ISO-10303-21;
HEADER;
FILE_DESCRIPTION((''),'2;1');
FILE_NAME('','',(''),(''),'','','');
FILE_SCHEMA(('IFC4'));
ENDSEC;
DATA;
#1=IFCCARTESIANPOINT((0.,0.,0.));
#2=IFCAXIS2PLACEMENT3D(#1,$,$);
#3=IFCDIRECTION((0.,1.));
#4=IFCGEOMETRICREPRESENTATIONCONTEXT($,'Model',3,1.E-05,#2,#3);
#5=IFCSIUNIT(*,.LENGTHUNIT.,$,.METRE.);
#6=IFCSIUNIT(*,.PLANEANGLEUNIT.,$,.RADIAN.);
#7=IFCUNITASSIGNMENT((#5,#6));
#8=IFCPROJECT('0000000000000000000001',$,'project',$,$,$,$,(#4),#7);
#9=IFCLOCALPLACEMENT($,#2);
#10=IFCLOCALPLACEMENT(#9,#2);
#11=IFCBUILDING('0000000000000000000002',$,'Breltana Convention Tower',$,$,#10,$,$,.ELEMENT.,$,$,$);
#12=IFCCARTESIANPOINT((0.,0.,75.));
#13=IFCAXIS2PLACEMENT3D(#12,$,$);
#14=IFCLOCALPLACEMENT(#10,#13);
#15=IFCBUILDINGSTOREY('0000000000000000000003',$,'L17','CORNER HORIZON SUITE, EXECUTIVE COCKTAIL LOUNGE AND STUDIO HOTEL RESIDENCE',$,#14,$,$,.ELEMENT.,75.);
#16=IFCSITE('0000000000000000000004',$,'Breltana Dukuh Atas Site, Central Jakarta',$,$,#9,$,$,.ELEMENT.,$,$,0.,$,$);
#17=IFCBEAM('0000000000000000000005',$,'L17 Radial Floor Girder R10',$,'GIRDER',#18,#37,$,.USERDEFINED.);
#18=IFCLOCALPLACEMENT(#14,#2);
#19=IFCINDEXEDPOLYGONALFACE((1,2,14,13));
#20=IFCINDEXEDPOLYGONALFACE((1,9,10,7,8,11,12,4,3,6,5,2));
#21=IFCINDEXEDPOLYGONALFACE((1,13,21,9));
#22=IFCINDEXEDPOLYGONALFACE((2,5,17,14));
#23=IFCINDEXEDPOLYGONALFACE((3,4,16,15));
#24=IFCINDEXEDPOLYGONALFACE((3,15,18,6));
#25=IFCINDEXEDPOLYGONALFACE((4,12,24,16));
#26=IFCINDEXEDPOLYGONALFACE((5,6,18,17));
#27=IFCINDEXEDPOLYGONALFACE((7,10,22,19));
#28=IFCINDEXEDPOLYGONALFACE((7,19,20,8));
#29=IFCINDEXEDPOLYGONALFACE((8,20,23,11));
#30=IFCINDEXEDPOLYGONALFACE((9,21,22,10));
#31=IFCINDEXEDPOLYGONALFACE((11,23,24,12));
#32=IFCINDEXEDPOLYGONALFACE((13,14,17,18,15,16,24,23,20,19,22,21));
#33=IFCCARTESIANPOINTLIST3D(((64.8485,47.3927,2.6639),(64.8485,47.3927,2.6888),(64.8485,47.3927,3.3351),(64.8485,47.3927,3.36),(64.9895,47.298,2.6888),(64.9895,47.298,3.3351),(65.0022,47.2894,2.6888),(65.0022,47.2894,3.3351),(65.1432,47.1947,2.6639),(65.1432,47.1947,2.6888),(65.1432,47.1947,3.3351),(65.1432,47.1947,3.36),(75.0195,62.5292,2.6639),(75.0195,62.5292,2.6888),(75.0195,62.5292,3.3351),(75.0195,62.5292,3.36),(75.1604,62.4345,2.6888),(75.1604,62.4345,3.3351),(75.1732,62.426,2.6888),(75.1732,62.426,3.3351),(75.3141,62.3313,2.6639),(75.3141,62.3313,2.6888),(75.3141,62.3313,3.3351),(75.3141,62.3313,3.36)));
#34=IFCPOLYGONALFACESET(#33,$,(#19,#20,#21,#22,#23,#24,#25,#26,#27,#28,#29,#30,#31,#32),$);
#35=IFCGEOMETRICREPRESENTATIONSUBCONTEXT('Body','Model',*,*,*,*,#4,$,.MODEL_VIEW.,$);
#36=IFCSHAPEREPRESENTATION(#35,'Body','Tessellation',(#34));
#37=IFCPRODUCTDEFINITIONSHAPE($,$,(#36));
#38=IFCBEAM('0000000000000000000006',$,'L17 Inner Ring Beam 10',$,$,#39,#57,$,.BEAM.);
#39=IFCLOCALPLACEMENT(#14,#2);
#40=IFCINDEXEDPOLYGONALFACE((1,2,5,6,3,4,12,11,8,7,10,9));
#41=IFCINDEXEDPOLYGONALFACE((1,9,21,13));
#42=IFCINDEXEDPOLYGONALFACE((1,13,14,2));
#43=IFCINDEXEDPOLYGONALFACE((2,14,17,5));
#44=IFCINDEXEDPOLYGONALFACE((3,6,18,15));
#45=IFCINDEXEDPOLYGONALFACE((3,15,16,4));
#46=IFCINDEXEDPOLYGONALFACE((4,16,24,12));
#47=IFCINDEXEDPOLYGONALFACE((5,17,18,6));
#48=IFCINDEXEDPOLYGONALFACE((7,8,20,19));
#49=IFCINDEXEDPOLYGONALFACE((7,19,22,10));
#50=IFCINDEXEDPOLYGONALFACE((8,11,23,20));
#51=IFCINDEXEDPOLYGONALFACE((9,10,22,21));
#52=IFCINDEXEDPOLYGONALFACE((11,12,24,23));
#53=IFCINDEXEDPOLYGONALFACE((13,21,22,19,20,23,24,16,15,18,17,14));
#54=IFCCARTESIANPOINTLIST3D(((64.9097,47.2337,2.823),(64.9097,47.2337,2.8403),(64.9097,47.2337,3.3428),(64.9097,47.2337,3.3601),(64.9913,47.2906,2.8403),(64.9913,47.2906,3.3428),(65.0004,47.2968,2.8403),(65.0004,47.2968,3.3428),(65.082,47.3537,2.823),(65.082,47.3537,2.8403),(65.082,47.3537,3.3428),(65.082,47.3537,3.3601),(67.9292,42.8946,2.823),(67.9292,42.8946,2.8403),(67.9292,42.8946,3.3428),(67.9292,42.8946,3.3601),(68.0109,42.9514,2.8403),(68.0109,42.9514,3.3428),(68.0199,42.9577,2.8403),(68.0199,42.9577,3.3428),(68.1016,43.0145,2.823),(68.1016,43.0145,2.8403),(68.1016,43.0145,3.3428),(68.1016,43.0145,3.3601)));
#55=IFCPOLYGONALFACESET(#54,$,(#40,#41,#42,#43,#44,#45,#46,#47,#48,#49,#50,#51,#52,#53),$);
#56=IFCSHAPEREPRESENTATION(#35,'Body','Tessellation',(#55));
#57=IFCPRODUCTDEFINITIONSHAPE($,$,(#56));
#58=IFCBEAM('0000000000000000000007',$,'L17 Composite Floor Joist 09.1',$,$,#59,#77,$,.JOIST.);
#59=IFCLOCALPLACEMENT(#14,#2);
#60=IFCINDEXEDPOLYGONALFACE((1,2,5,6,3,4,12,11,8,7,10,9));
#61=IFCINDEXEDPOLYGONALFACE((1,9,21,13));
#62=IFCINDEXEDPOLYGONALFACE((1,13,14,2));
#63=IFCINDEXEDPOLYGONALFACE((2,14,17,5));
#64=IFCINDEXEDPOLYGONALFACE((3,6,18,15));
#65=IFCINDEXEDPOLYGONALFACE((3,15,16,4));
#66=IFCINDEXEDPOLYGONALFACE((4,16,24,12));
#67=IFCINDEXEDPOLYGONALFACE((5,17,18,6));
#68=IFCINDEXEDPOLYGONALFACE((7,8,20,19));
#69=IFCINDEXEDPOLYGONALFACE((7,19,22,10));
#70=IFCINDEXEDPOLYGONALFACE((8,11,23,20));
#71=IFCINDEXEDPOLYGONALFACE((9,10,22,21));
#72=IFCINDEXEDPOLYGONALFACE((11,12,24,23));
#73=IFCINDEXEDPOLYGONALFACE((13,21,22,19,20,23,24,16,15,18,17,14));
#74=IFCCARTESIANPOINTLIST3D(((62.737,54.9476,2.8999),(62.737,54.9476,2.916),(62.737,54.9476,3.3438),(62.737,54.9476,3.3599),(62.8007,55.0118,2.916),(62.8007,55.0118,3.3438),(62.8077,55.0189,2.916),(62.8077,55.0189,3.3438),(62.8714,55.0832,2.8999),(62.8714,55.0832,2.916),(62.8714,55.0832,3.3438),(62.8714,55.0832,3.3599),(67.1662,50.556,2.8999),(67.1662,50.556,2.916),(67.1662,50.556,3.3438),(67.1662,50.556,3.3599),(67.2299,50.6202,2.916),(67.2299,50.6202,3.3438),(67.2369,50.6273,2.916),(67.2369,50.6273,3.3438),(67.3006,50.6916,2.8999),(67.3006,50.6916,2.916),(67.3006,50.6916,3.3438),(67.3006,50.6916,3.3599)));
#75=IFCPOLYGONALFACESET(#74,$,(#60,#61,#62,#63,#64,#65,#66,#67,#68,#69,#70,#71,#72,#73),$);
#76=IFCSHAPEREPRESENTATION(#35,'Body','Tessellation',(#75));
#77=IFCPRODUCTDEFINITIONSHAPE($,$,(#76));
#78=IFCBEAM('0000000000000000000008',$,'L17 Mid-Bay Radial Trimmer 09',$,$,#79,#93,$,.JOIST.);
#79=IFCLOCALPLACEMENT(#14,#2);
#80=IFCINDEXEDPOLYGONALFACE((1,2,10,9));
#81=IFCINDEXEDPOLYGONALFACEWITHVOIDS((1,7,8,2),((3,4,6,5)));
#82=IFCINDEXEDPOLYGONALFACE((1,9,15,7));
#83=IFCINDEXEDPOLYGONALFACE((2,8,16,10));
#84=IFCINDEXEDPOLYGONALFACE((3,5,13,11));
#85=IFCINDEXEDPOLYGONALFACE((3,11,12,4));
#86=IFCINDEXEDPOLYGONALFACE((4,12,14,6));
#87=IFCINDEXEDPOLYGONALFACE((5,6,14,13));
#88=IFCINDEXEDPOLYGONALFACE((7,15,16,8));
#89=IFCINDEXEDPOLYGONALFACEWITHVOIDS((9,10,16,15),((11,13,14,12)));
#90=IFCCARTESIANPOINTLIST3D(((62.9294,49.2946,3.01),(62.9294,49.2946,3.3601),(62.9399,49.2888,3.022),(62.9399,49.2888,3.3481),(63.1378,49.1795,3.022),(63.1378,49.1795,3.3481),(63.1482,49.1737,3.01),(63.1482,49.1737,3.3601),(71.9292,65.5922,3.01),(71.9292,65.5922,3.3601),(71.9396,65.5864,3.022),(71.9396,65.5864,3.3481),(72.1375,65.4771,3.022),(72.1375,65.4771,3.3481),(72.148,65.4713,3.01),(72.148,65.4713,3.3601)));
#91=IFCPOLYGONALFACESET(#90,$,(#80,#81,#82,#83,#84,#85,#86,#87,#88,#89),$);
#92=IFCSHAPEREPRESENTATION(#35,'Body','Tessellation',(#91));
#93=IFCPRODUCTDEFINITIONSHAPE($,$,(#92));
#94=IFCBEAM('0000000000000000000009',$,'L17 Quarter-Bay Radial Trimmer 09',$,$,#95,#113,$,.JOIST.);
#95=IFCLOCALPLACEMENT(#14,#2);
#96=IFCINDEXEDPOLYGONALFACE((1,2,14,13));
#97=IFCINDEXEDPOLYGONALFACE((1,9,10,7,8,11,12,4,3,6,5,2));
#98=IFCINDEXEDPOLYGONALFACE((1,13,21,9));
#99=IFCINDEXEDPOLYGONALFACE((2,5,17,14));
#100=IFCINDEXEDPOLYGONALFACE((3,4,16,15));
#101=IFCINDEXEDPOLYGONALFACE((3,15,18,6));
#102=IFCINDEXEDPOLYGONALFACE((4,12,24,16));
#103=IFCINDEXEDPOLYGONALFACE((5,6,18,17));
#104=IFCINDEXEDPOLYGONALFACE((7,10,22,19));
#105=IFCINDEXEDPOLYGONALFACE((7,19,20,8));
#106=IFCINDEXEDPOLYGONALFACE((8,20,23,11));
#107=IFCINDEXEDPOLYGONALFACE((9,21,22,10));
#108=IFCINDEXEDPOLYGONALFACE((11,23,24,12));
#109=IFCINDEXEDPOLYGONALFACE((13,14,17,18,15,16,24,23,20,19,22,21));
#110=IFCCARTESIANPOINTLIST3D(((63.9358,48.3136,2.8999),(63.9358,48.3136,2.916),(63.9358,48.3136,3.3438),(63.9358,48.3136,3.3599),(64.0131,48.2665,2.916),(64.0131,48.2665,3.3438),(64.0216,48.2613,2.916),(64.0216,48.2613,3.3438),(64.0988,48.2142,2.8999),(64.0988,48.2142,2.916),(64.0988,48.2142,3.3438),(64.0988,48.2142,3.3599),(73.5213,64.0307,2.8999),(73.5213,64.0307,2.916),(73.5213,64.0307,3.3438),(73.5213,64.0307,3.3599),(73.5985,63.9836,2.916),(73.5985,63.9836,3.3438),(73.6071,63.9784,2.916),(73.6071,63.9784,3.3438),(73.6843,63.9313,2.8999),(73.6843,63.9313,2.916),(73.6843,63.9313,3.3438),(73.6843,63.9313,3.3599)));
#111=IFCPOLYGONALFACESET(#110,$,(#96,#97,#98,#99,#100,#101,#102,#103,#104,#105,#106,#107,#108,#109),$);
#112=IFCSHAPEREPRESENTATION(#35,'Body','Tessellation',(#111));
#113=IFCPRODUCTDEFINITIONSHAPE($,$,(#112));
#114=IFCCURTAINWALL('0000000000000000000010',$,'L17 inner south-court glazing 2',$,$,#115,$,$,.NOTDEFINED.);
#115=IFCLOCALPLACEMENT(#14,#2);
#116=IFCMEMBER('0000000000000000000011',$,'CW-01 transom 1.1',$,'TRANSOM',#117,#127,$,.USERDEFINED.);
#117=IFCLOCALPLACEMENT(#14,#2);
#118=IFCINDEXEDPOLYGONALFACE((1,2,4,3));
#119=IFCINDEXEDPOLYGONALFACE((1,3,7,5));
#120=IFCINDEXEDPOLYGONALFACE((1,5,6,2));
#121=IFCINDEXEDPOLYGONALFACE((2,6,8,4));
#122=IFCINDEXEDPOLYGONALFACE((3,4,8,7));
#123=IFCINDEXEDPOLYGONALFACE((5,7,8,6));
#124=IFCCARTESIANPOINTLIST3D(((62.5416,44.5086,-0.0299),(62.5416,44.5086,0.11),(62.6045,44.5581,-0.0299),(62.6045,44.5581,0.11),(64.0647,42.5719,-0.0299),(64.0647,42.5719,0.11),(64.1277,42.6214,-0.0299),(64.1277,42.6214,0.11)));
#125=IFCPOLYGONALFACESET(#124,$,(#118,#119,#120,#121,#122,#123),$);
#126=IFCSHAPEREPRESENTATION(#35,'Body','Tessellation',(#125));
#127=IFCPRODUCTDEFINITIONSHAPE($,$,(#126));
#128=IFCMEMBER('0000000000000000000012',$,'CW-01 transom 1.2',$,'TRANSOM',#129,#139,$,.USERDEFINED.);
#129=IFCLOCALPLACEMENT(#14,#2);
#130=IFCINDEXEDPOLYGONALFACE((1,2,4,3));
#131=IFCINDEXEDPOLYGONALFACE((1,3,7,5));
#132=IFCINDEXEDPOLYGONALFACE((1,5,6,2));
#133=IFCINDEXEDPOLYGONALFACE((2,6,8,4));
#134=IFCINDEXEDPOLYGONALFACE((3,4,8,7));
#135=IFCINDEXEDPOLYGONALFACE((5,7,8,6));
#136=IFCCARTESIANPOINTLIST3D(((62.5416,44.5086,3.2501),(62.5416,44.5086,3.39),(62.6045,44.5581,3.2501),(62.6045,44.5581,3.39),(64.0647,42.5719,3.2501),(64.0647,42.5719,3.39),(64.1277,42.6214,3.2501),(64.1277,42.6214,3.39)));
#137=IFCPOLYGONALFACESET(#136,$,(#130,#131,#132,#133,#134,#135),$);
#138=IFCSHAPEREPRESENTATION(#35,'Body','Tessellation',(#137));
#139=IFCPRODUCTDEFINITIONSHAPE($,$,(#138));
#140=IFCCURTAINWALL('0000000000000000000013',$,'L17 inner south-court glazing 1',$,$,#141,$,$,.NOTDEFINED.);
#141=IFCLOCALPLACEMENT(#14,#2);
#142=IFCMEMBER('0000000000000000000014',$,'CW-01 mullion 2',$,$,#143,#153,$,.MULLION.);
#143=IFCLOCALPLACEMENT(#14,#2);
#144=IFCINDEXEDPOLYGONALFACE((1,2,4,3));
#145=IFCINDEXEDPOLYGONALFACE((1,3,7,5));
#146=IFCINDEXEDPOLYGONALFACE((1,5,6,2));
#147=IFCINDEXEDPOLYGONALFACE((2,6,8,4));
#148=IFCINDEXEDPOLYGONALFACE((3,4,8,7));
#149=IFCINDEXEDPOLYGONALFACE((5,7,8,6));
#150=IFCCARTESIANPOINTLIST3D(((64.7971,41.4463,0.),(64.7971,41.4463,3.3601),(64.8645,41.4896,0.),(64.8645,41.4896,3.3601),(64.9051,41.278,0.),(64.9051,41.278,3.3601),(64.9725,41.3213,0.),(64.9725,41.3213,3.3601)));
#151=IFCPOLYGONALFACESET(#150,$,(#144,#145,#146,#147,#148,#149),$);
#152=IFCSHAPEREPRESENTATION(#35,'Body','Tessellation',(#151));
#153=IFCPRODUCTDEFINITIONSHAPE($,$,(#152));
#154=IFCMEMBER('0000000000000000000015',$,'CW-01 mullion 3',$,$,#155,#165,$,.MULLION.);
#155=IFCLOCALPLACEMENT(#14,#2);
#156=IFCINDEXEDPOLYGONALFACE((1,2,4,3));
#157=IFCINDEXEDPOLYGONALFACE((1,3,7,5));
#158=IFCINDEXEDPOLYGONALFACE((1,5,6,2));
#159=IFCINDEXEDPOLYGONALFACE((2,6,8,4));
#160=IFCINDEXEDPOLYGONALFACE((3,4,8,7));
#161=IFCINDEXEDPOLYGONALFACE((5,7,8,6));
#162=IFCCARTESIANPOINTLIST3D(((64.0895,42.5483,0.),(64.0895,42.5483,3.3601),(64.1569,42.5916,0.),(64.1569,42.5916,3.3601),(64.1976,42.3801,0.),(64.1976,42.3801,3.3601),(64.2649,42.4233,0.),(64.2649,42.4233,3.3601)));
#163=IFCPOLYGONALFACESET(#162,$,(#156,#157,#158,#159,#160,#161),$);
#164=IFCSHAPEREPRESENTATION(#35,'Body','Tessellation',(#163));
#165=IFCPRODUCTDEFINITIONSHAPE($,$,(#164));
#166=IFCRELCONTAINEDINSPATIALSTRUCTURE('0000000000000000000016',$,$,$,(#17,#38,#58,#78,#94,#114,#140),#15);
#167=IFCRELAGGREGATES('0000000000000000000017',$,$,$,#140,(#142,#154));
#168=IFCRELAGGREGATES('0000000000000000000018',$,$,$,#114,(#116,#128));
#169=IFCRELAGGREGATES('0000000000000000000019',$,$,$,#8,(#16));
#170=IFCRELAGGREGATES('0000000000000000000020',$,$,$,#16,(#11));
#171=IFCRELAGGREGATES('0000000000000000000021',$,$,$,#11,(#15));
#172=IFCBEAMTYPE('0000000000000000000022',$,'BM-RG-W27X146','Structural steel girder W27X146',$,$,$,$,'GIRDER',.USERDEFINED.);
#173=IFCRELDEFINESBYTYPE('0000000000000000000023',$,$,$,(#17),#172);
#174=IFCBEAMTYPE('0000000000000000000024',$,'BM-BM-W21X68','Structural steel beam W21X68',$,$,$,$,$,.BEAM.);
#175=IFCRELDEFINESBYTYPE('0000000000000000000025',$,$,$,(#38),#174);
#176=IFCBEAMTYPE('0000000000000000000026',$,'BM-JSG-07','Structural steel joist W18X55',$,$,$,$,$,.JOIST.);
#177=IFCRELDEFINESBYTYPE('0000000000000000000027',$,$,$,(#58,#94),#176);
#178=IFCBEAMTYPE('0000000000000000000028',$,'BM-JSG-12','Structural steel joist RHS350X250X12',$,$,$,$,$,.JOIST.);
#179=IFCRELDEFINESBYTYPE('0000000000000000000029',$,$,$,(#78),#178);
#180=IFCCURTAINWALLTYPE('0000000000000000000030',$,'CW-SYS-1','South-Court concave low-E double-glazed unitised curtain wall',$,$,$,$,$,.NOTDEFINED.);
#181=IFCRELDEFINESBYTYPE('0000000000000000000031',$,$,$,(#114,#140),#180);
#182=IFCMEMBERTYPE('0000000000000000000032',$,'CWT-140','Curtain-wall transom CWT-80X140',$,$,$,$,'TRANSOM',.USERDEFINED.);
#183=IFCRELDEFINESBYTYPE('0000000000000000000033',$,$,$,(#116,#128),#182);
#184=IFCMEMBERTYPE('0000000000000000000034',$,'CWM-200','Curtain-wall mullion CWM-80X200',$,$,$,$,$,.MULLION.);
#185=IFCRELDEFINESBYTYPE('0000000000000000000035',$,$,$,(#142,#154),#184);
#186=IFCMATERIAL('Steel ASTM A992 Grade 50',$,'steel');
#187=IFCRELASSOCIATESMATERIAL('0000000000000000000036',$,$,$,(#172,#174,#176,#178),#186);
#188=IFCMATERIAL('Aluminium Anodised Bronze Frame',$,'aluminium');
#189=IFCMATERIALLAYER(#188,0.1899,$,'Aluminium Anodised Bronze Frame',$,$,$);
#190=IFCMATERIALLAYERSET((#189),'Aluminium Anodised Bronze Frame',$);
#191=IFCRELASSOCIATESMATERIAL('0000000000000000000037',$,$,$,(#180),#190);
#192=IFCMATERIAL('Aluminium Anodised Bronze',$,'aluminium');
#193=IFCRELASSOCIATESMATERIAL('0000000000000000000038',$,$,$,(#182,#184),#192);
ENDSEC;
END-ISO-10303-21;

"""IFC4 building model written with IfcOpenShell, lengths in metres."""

from ifc_helpers import new_model, si_unit, direction, frame, origin, origin_2d, place, context, subcontext, project, spatial, rectangle, hollow_rectangle, i_section, extrude, source, transform, mapped, material, layer, layer_set, material_profile, profile_set, type_object, element, aggregate, save


model = new_model("IFC4")

# Units and contexts
model_context = context("Model", 3, precision=1e-05, world=origin(), true_north=direction((0.0, 1.0)))
body_context = subcontext(model_context, "Body", "Model", "MODEL_VIEW")
ifc_project = project(units=[si_unit("LENGTHUNIT", "METRE"), si_unit("PLANEANGLEUNIT", "RADIAN")], contexts=[model_context])

# Site, building, storey
site_placement = place(None, origin())
site = spatial("IfcSite", under=ifc_project, at=site_placement, Name="Breltana Dukuh Atas Site, Central Jakarta", CompositionType="ELEMENT", RefElevation=0.0)
building_placement = place(site_placement, origin())
building = spatial("IfcBuilding", under=site, at=building_placement, Name="Breltana Convention Tower", CompositionType="ELEMENT")
storey_placement = place(building_placement, frame((0.0, 0.0, 75.0)))
storey = spatial("IfcBuildingStorey", under=building, at=storey_placement, Name="L17", Description="CORNER HORIZON SUITE, EXECUTIVE COCKTAIL LOUNGE AND STUDIO HOTEL RESIDENCE", CompositionType="ELEMENT", Elevation=75.0)

# Beams
ifc_material_1 = material(Name="Steel ASTM A992 Grade 50", Category="steel")
ifc_material_profile_1 = material_profile(ifc_material_1, i_section(OverallWidth=0.355, OverallDepth=0.696, WebThickness=0.0154, FlangeThickness=0.0249, at=origin_2d()), Name="W27X146")
ifc_profile_set_1 = profile_set([ifc_material_profile_1], Name="Steel ASTM A992 Grade 50")
beam_type_1 = type_object("IfcBeamType", Name="BM-RG-W27X146", Description="Structural steel girder W27X146", ElementType="GIRDER", PredefinedType="USERDEFINED", material=ifc_profile_set_1)
shared_shape_1 = source(origin(), body_context, "Body", "SweptSolid", [
    extrude(i_section(OverallWidth=0.355, OverallDepth=0.696, WebThickness=0.0154, FlangeThickness=0.0249, at=origin_2d()), origin(), (0.0, 0.0, 1.0), 18.2363),
])
beam_1_placement = place(storey_placement, frame((64.9958, 47.2937, 3.012), z_axis=(0.55773, 0.830022, 0.0), x_axis=(-0.830022, 0.55773, 0.0)))
element("IfcBeam", 1, at=beam_1_placement, inside=storey, type_object=beam_type_1, Name="L17 Radial Floor Girder R10", ObjectType="GIRDER", PredefinedType="USERDEFINED", context=body_context, shape_type="MappedRepresentation", body=[
    mapped(shared_shape_1, transform((0.0, 0.0, 0.0), scale=1.0)),
])
ifc_material_profile_2 = material_profile(ifc_material_1, i_section(OverallWidth=0.21, OverallDepth=0.5371, WebThickness=0.011, FlangeThickness=0.0173, at=origin_2d()), Name="W21X68")
ifc_profile_set_2 = profile_set([ifc_material_profile_2], Name="Steel ASTM A992 Grade 50")
beam_type_2 = type_object("IfcBeamType", Name="BM-BM-W21X68", Description="Structural steel beam W21X68", PredefinedType="BEAM", material=ifc_profile_set_2)
shared_shape_2 = source(origin(), body_context, "Body", "SweptSolid", [
    extrude(i_section(OverallWidth=0.21, OverallDepth=0.5371, WebThickness=0.011, FlangeThickness=0.0173, at=origin_2d()), origin(), (0.0, 0.0, 1.0), 5.2864),
])
beam_2_placement = place(storey_placement, frame((64.9958, 47.2937, 3.0916), z_axis=(0.571194, -0.820815, 0.0), x_axis=(0.820815, 0.571194, 0.0)))
element("IfcBeam", 2, at=beam_2_placement, inside=storey, type_object=beam_type_2, Name="L17 Inner Ring Beam 10", PredefinedType="BEAM", context=body_context, shape_type="MappedRepresentation", body=[
    mapped(shared_shape_2, transform((0.0, 0.0, 0.0), scale=1.0)),
])
ifc_material_profile_3 = material_profile(ifc_material_1, i_section(OverallWidth=0.1909, OverallDepth=0.46, WebThickness=0.01, FlangeThickness=0.0161, at=origin_2d()), Name="W18X55")
ifc_profile_set_3 = profile_set([ifc_material_profile_3], Name="Steel ASTM A992 Grade 50")
beam_type_3 = type_object("IfcBeamType", Name="BM-JSG-07", Description="Structural steel joist W18X55", PredefinedType="JOIST", material=ifc_profile_set_3)
shared_shape_3 = source(origin(), body_context, "Body", "SweptSolid", [
    extrude(i_section(OverallWidth=0.1909, OverallDepth=0.46, WebThickness=0.01, FlangeThickness=0.0161, at=origin_2d()), origin(), (0.0, 0.0, 1.0), 6.2373),
])
beam_3_placement = place(storey_placement, frame((62.8042, 55.0154, 3.1299), z_axis=(0.710114, -0.704086, 0.0), x_axis=(0.704086, 0.710114, 0.0)))
element("IfcBeam", 3, at=beam_3_placement, inside=storey, type_object=beam_type_3, Name="L17 Composite Floor Joist 09.1", PredefinedType="JOIST", context=body_context, shape_type="MappedRepresentation", body=[
    mapped(shared_shape_3, transform((0.0, 0.0, 0.0), scale=1.0)),
])
ifc_material_profile_4 = material_profile(ifc_material_1, hollow_rectangle(XDim=0.25, YDim=0.3501, WallThickness=0.012, at=origin_2d()), Name="RHS350X250X12")
ifc_profile_set_4 = profile_set([ifc_material_profile_4], Name="Steel ASTM A992 Grade 50")
beam_type_4 = type_object("IfcBeamType", Name="BM-JSG-12", Description="Structural steel joist RHS350X250X12", PredefinedType="JOIST", material=ifc_profile_set_4)
shared_shape_4 = source(origin(), body_context, "Body", "SweptSolid", [
    extrude(hollow_rectangle(XDim=0.25, YDim=0.3501, WallThickness=0.012, at=origin_2d()), origin(), (0.0, 0.0, 1.0), 18.6174),
])
beam_4_placement = place(storey_placement, frame((63.0388, 49.2341, 3.1851), z_axis=(0.483406, 0.875396, 0.0), x_axis=(-0.875396, 0.483406, 0.0)))
element("IfcBeam", 4, at=beam_4_placement, inside=storey, type_object=beam_type_4, Name="L17 Mid-Bay Radial Trimmer 09", PredefinedType="JOIST", context=body_context, shape_type="MappedRepresentation", body=[
    mapped(shared_shape_4, transform((0.0, 0.0, 0.0), scale=1.0)),
])
shared_shape_5 = source(origin(), body_context, "Body", "SweptSolid", [
    extrude(i_section(OverallWidth=0.1909, OverallDepth=0.46, WebThickness=0.01, FlangeThickness=0.0161, at=origin_2d()), origin(), (0.0, 0.0, 1.0), 18.4094),
])
beam_5_placement = place(storey_placement, frame((64.0173, 48.2639, 3.1299), z_axis=(0.520682, 0.853751, 0.0), x_axis=(-0.853751, 0.520682, 0.0)))
element("IfcBeam", 5, at=beam_5_placement, inside=storey, type_object=beam_type_3, Name="L17 Quarter-Bay Radial Trimmer 09", PredefinedType="JOIST", context=body_context, shape_type="MappedRepresentation", body=[
    mapped(shared_shape_5, transform((0.0, 0.0, 0.0), scale=1.0)),
])

# Curtain walls, members
ifc_material_2 = material(Name="Aluminium Anodised Bronze Frame", Category="aluminium")
ifc_layer_1 = layer(ifc_material_2, 0.1899, Name="Aluminium Anodised Bronze Frame")
ifc_layer_set_1 = layer_set([ifc_layer_1], Name="Aluminium Anodised Bronze Frame")
curtain_wall_type = type_object("IfcCurtainWallType", Name="CW-SYS-1", Description="South-Court concave low-E double-glazed unitised curtain wall", PredefinedType="NOTDEFINED", material=ifc_layer_set_1)
curtain_wall_1_placement = place(storey_placement, origin())
curtain_wall_1 = element("IfcCurtainWall", 6, at=curtain_wall_1_placement, inside=storey, type_object=curtain_wall_type, Name="L17 inner south-court glazing 2", PredefinedType="NOTDEFINED")
ifc_material_3 = material(Name="Aluminium Anodised Bronze", Category="aluminium")
ifc_material_profile_5 = material_profile(ifc_material_3, rectangle(XDim=0.0801, YDim=0.1399, at=origin_2d()), Name="CWT-80X140")
ifc_profile_set_5 = profile_set([ifc_material_profile_5], Name="Aluminium Anodised Bronze")
member_type_1 = type_object("IfcMemberType", Name="CWT-140", Description="Curtain-wall transom CWT-80X140", ElementType="TRANSOM", PredefinedType="USERDEFINED", material=ifc_profile_set_5)
shared_shape_6 = source(origin(), body_context, "Body", "SweptSolid", [
    extrude(rectangle(XDim=0.0801, YDim=0.1399, at=origin_2d()), origin(), (0.0, 0.0, 1.0), 2.4639),
])
member_1_placement = place(storey_placement, frame((64.0962, 42.5967, 0.04), z_axis=(-0.618185, 0.786033, 0.0), x_axis=(-0.786033, -0.618185, 0.0)))
member_1 = element("IfcMember", 7, at=member_1_placement, type_object=member_type_1, Name="CW-01 transom 1.1", ObjectType="TRANSOM", PredefinedType="USERDEFINED", context=body_context, shape_type="MappedRepresentation", body=[
    mapped(shared_shape_6, transform((0.0, 0.0, 0.0), scale=1.0)),
])
member_2_placement = place(storey_placement, frame((64.0962, 42.5967, 3.3201), z_axis=(-0.618185, 0.786033, 0.0), x_axis=(-0.786033, -0.618185, 0.0)))
member_2 = element("IfcMember", 8, at=member_2_placement, type_object=member_type_1, Name="CW-01 transom 1.2", ObjectType="TRANSOM", PredefinedType="USERDEFINED", context=body_context, shape_type="MappedRepresentation", body=[
    mapped(shared_shape_6, transform((0.0, 0.0, 0.0), scale=1.0)),
])
curtain_wall_2_placement = place(storey_placement, origin())
curtain_wall_2 = element("IfcCurtainWall", 9, at=curtain_wall_2_placement, inside=storey, type_object=curtain_wall_type, Name="L17 inner south-court glazing 1", PredefinedType="NOTDEFINED")
ifc_material_profile_6 = material_profile(ifc_material_3, rectangle(XDim=0.0801, YDim=0.2, at=origin_2d()), Name="CWM-80X200")
ifc_profile_set_6 = profile_set([ifc_material_profile_6], Name="Aluminium Anodised Bronze")
member_type_2 = type_object("IfcMemberType", Name="CWM-200", Description="Curtain-wall mullion CWM-80X200", PredefinedType="MULLION", material=ifc_profile_set_6)
shared_shape_7 = source(origin(), body_context, "Body", "SweptSolid", [
    extrude(rectangle(XDim=0.0801, YDim=0.2, at=origin_2d()), origin(), (0.0, 0.0, 1.0), 3.3601),
])
member_3_placement = place(storey_placement, frame((64.8848, 41.3838, 0.0), z_axis=(0.0, 0.0, 1.0), x_axis=(-0.841556, -0.54017, 0.0)))
member_3 = element("IfcMember", 10, at=member_3_placement, type_object=member_type_2, Name="CW-01 mullion 2", PredefinedType="MULLION", context=body_context, shape_type="MappedRepresentation", body=[
    mapped(shared_shape_7, transform((0.0, 0.0, 0.0), scale=1.0)),
])
member_4_placement = place(storey_placement, frame((64.1772, 42.4858, 0.0), z_axis=(0.0, 0.0, 1.0), x_axis=(-0.841556, -0.54017, 0.0)))
member_4 = element("IfcMember", 11, at=member_4_placement, type_object=member_type_2, Name="CW-01 mullion 3", PredefinedType="MULLION", context=body_context, shape_type="MappedRepresentation", body=[
    mapped(shared_shape_7, transform((0.0, 0.0, 0.0), scale=1.0)),
])

aggregate(curtain_wall_2, [member_3, member_4])
aggregate(curtain_wall_1, [member_1, member_2])

save(model, "model.ifc")
